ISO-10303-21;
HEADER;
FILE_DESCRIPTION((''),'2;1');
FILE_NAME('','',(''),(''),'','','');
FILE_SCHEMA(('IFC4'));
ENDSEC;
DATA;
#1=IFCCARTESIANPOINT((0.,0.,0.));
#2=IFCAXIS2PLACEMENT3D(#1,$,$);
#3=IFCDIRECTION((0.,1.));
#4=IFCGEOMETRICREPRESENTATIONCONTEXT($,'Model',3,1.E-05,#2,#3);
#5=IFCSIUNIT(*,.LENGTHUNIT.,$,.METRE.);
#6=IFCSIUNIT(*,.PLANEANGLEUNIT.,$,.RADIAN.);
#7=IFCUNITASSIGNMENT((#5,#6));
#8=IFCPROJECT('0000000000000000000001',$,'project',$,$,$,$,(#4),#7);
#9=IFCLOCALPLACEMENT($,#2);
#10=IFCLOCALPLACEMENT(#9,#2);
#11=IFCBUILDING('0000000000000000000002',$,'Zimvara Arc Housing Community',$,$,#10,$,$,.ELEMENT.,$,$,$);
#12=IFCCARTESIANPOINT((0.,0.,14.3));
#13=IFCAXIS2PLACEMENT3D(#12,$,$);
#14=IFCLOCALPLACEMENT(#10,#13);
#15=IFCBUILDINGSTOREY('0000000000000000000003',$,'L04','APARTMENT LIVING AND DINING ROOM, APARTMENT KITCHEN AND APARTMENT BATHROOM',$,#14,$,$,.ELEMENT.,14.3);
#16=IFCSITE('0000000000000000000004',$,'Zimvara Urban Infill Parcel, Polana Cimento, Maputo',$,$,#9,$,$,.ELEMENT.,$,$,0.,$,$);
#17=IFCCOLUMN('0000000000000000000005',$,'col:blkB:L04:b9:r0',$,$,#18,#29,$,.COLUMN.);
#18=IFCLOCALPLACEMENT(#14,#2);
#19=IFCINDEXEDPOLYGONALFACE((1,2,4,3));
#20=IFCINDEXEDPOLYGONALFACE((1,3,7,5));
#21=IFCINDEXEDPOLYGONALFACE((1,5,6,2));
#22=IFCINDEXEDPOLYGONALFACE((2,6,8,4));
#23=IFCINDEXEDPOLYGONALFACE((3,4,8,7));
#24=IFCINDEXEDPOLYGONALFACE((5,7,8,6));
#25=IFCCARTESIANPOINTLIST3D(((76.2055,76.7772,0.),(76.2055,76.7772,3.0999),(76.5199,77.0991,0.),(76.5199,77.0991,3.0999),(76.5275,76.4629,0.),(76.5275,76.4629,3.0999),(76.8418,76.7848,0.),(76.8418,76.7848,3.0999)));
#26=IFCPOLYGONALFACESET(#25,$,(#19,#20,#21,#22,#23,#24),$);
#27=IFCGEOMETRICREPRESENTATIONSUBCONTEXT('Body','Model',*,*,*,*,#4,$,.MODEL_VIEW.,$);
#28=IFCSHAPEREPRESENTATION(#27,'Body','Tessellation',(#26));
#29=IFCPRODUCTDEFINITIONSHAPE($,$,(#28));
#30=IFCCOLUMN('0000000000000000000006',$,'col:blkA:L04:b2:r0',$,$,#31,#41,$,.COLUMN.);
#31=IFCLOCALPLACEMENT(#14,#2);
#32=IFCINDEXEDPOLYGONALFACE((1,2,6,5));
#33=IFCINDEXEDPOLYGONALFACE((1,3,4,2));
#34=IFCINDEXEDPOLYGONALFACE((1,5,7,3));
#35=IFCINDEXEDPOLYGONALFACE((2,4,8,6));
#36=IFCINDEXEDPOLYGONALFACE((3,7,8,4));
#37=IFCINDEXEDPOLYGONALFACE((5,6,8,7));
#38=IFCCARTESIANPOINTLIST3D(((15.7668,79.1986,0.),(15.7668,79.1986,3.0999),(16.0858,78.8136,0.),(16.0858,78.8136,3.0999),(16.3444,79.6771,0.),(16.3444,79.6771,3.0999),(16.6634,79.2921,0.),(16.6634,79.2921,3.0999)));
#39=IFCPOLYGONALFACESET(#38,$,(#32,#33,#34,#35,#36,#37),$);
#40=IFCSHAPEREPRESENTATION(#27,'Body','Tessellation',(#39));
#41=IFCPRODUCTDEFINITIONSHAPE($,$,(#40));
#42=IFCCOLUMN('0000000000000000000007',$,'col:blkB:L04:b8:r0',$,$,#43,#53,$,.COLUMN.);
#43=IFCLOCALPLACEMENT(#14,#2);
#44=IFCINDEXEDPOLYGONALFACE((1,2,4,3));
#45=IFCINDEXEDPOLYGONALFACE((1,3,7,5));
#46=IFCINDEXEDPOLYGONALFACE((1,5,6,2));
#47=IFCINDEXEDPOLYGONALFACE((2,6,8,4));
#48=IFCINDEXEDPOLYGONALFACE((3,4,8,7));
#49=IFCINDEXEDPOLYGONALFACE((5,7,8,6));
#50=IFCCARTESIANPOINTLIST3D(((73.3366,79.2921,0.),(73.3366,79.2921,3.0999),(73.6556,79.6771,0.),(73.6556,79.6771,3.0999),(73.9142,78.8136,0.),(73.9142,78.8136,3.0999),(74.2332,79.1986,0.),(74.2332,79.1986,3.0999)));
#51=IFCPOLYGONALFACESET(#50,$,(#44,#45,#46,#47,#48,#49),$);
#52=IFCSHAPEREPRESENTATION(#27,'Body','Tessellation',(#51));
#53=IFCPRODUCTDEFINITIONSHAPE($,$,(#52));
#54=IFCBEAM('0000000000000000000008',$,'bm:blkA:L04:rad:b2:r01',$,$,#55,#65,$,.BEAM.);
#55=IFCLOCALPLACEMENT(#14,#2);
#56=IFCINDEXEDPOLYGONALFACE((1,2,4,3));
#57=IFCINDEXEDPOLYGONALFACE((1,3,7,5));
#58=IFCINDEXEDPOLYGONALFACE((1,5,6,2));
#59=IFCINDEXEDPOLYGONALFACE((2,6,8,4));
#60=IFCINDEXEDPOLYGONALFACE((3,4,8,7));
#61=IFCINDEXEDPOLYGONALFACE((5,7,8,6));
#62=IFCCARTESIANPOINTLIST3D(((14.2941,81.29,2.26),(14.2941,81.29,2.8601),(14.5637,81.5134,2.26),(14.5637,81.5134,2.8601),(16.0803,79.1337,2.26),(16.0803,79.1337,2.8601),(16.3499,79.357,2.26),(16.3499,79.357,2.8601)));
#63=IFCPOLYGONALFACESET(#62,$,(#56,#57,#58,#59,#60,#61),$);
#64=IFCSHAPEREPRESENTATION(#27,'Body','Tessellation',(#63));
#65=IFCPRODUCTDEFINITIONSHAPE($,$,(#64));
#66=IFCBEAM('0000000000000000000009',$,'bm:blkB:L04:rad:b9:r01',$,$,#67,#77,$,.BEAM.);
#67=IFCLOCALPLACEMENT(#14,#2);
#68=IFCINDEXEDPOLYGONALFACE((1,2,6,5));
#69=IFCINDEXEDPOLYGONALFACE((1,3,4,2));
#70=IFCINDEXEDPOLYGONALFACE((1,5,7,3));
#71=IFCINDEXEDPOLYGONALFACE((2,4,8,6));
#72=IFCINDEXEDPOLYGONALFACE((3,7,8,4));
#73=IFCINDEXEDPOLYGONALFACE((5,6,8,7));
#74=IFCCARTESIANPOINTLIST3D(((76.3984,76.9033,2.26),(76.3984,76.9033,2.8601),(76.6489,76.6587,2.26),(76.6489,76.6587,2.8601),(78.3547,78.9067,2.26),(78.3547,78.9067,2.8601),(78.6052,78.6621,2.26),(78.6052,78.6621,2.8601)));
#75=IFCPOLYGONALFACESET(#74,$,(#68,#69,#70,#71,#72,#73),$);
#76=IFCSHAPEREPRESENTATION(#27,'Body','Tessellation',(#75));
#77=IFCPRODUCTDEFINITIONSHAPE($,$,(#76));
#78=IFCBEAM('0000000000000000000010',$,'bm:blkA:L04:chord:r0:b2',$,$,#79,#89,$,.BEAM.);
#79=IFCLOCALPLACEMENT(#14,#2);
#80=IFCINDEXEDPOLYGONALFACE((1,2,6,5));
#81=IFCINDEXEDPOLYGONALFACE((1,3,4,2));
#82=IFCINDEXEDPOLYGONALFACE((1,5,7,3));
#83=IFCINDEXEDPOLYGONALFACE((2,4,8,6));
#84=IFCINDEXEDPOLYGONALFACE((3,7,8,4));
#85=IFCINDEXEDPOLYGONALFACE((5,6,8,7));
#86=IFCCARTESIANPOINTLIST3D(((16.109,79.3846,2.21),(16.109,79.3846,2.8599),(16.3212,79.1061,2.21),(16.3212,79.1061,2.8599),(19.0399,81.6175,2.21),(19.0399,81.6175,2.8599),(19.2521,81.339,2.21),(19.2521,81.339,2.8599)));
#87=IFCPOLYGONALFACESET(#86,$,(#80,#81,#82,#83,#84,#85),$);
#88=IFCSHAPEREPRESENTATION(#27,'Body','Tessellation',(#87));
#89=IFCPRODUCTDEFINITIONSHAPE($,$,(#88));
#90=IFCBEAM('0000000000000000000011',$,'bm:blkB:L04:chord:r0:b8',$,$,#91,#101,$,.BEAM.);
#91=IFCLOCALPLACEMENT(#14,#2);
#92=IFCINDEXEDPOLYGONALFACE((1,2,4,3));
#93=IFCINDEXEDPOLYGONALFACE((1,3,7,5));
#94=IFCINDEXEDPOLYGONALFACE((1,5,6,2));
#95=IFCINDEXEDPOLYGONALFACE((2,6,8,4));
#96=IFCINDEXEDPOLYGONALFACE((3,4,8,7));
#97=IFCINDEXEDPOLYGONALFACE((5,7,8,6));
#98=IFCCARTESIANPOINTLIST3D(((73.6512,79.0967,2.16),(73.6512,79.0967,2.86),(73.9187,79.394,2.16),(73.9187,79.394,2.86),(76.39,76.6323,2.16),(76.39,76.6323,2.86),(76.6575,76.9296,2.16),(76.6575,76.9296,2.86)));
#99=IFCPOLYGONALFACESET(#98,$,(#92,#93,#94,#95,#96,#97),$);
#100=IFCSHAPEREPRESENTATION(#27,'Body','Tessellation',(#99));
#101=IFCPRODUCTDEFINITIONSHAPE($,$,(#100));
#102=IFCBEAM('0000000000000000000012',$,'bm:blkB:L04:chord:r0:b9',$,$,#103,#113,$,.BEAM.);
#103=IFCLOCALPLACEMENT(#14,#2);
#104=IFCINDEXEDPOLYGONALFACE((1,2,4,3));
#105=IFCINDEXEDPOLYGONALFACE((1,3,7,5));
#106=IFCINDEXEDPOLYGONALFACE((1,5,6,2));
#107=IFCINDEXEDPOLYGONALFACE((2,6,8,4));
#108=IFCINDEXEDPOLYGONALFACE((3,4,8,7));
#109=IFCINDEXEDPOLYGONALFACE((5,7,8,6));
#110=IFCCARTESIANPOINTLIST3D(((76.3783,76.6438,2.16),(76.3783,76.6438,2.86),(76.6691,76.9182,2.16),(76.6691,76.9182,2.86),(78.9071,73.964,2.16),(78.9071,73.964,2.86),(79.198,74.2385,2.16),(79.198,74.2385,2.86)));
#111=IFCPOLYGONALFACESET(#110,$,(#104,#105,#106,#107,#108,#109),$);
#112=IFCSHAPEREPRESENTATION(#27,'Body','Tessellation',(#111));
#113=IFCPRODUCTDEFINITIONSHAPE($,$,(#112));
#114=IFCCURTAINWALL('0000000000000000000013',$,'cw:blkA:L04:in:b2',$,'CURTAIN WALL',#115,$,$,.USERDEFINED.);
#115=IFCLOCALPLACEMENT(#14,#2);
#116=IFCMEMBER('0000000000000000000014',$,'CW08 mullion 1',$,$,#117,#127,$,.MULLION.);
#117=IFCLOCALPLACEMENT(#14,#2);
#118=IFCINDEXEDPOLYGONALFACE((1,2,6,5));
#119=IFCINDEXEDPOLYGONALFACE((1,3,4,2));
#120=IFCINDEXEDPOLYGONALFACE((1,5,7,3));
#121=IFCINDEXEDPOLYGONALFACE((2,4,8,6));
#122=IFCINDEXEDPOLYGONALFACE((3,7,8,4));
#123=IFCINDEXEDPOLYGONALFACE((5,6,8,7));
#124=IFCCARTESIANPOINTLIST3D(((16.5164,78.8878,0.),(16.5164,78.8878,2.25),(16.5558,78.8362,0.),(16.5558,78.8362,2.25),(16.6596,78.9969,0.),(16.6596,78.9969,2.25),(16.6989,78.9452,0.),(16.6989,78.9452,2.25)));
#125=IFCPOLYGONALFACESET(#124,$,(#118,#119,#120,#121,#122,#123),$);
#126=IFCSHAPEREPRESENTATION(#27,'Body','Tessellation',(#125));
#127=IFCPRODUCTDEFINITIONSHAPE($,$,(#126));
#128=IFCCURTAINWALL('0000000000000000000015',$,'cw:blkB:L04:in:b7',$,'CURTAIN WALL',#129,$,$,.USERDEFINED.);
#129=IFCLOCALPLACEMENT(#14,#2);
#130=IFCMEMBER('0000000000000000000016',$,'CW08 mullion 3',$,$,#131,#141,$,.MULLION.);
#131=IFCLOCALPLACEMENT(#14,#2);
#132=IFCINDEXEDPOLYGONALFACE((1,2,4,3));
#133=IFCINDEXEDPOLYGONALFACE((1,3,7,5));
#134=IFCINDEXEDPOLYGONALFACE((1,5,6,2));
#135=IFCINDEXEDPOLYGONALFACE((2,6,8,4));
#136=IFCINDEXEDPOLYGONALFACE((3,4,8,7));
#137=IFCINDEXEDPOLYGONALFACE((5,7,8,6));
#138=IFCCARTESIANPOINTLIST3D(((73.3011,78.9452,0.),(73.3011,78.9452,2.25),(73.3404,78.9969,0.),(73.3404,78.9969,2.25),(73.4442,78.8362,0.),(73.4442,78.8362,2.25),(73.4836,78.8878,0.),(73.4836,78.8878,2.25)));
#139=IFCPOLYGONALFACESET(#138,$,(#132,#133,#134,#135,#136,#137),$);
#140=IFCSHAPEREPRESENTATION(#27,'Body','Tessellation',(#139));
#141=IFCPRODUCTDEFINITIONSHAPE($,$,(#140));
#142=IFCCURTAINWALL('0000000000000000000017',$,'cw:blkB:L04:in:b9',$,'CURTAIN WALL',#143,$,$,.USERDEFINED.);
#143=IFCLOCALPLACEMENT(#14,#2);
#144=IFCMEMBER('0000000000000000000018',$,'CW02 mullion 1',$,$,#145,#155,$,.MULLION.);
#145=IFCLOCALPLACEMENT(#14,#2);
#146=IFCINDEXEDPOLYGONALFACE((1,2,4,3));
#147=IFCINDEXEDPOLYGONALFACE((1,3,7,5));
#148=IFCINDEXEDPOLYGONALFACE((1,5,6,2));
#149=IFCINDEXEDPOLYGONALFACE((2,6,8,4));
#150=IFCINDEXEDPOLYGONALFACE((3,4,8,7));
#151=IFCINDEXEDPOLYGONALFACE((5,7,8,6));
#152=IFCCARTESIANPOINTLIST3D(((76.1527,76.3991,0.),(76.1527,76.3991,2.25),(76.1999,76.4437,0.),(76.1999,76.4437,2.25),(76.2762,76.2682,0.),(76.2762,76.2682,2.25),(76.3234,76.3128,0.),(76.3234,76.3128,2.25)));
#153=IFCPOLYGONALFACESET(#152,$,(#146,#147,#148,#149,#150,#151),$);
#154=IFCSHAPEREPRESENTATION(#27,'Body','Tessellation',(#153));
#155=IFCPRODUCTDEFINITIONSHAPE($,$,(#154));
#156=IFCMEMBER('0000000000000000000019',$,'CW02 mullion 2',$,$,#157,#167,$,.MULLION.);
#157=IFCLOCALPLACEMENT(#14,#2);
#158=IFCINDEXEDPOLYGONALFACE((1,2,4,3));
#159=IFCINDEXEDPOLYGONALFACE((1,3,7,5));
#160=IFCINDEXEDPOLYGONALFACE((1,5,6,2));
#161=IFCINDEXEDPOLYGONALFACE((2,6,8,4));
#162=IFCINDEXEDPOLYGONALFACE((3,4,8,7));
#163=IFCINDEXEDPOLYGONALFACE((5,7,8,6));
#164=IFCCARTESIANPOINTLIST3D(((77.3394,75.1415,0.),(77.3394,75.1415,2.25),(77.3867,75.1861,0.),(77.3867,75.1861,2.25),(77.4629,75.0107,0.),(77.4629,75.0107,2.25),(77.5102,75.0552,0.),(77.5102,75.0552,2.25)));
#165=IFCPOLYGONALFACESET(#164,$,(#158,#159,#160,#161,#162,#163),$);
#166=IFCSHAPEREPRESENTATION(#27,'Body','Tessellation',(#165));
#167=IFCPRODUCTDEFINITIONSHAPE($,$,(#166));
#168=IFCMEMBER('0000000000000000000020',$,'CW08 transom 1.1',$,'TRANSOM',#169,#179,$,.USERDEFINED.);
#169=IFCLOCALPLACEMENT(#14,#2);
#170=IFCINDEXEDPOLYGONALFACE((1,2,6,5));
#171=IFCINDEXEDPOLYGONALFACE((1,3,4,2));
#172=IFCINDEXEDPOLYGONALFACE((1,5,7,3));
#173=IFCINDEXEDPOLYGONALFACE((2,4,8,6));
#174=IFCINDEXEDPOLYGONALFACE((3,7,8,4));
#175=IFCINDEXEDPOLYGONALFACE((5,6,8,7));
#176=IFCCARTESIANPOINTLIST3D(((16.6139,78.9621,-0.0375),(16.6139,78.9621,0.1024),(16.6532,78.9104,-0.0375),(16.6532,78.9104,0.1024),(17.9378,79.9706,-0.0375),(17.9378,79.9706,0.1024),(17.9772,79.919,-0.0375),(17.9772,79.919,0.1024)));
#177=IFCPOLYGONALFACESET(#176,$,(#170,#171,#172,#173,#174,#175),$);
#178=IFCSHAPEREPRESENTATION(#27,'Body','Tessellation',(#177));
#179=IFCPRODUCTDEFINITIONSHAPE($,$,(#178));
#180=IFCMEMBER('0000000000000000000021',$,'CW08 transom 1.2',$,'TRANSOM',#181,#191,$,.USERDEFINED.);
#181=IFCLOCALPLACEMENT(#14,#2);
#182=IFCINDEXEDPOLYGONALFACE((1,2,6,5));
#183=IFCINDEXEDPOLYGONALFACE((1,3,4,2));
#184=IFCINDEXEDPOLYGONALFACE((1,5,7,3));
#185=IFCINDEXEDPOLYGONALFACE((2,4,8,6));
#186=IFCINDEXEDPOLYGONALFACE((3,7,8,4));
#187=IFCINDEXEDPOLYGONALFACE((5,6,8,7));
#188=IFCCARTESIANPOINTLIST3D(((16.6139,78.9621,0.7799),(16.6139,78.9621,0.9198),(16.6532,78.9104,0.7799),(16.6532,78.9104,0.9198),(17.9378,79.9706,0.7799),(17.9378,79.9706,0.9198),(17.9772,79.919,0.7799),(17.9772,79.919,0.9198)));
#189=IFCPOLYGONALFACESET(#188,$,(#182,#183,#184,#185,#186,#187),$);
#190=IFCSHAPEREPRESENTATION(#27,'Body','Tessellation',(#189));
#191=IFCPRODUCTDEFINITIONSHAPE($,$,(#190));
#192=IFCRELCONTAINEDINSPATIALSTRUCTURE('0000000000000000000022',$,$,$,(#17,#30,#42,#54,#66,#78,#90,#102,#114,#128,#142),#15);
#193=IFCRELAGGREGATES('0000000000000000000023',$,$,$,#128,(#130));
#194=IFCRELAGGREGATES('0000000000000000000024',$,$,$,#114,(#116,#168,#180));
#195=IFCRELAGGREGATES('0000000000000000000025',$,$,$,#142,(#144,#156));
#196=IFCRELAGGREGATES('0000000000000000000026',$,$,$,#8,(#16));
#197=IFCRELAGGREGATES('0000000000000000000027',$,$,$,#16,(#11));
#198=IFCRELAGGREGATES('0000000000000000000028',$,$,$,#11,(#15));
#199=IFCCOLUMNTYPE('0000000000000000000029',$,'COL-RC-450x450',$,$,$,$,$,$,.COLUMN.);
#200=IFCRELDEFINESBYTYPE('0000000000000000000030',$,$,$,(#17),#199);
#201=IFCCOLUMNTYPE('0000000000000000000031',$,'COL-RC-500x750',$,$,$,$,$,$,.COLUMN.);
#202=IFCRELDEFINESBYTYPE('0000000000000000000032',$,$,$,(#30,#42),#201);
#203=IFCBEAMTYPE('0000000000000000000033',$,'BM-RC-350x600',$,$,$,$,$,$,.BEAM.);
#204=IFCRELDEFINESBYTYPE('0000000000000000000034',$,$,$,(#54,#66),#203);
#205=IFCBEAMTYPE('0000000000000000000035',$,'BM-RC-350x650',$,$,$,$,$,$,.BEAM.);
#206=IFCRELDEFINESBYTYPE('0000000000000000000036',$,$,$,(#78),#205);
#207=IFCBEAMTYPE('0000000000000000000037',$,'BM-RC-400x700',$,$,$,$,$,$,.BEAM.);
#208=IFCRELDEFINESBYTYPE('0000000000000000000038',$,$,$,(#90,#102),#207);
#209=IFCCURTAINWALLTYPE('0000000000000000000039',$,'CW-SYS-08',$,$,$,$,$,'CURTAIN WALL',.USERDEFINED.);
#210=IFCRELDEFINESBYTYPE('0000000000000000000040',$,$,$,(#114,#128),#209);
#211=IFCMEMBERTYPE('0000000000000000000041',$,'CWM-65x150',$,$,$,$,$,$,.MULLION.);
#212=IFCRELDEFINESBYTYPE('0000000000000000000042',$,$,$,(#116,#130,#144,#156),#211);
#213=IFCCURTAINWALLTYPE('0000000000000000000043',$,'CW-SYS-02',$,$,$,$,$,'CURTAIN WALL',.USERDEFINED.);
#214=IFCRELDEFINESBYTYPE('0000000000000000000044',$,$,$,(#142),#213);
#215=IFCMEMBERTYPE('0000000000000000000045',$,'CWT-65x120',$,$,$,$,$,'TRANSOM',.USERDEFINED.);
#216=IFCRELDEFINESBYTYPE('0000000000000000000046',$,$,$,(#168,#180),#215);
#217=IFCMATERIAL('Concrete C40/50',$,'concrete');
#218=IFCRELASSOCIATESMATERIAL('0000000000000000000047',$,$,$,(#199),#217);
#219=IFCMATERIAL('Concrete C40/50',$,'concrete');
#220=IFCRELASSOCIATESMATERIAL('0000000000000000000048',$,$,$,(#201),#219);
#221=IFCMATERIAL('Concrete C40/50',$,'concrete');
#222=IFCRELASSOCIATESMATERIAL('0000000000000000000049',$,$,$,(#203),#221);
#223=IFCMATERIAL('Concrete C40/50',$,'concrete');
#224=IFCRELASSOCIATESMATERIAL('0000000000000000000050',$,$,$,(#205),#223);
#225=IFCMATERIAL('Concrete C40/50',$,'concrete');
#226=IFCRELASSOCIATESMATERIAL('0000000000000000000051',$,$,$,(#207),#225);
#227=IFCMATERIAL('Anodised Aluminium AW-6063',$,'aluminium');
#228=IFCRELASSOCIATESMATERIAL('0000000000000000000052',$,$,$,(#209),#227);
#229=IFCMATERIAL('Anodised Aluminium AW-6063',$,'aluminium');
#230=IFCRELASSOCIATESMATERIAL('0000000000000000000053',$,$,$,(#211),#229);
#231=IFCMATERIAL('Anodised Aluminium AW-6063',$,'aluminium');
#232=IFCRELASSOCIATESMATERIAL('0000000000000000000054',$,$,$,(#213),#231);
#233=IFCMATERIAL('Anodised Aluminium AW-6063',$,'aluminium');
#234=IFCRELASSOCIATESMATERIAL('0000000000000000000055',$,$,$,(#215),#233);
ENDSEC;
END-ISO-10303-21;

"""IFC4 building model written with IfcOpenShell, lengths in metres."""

from ifc_helpers import new_model, si_unit, direction, frame, origin, origin_2d, place, context, subcontext, project, spatial, rectangle, extrude, material, material_profile, profile_set, type_object, element, aggregate, save


model = new_model("IFC4")

# Units and contexts
model_context = context("Model", 3, precision=1e-05, world=origin(), true_north=direction((0.0, 1.0)))
body_context = subcontext(model_context, "Body", "Model", "MODEL_VIEW")
ifc_project = project(units=[si_unit("LENGTHUNIT", "METRE"), si_unit("PLANEANGLEUNIT", "RADIAN")], contexts=[model_context])

# Site, building, storey
site_placement = place(None, origin())
site = spatial("IfcSite", under=ifc_project, at=site_placement, Name="Zimvara Urban Infill Parcel, Polana Cimento, Maputo", CompositionType="ELEMENT", RefElevation=0.0)
building_placement = place(site_placement, origin())
building = spatial("IfcBuilding", under=site, at=building_placement, Name="Zimvara Arc Housing Community", CompositionType="ELEMENT")
storey_placement = place(building_placement, frame((0.0, 0.0, 14.3)))
storey = spatial("IfcBuildingStorey", under=building, at=storey_placement, Name="L04", Description="APARTMENT LIVING AND DINING ROOM, APARTMENT KITCHEN AND APARTMENT BATHROOM", CompositionType="ELEMENT", Elevation=14.3)

# Columns
ifc_material_1 = material(Name="Concrete C40/50", Category="concrete")
ifc_material_profile_1 = material_profile(ifc_material_1, rectangle(XDim=0.45, YDim=0.45, at=origin_2d()), Name="RC 450x450")
ifc_profile_set_1 = profile_set([ifc_material_profile_1], Name="Concrete C40/50")
column_type_1 = type_object("IfcColumnType", Name="COL-RC-450x450", PredefinedType="COLUMN", material=ifc_profile_set_1)
column_placement = place(storey_placement, frame((76.5237, 76.781, 0.0), z_axis=(0.0, 0.0, 1.0), x_axis=(0.698665, 0.715449, 0.0)))
element("IfcColumn", 1, at=column_placement, inside=storey, type_object=column_type_1, Name="col:blkB:L04:b9:r0", PredefinedType="COLUMN", context=body_context, shape_type="SweptSolid", body=[
    extrude(rectangle(XDim=0.45, YDim=0.45, at=origin_2d()), origin(), (0.0, 0.0, 1.0), 3.0999),
])
ifc_material_2 = material(Name="Concrete C40/50", Category="concrete")
ifc_material_profile_2 = material_profile(ifc_material_2, rectangle(XDim=0.5, YDim=0.75, at=origin_2d()), Name="RC 500x750")
ifc_profile_set_2 = profile_set([ifc_material_profile_2], Name="Concrete C40/50")
column_type_2 = type_object("IfcColumnType", Name="COL-RC-500x750", PredefinedType="COLUMN", material=ifc_profile_set_2)
for number, where, z_axis, x_axis, name in (
    (2, (16.2151, 79.2454, 0.0), (0.0, 0.0, 1.0), (-0.637962, 0.770068, 0.0), "col:blkA:L04:b2:r0"),
    (3, (73.7849, 79.2454, 0.0), (0.0, 0.0, 1.0), (0.637962, 0.770068, 0.0), "col:blkB:L04:b8:r0"),
):
    element("IfcColumn", number, at=place(storey_placement, frame(where, z_axis=z_axis, x_axis=x_axis)), inside=storey, type_object=column_type_2, Name=name, PredefinedType="COLUMN", context=body_context, shape_type="SweptSolid", body=[
        extrude(rectangle(XDim=0.5, YDim=0.75, at=origin_2d()), origin(), (0.0, 0.0, 1.0), 3.0999),
    ])

# Beams
ifc_material_3 = material(Name="Concrete C40/50", Category="concrete")
ifc_material_profile_3 = material_profile(ifc_material_3, rectangle(XDim=0.3501, YDim=0.6001, at=origin_2d()), Name="RC 350x600")
ifc_profile_set_3 = profile_set([ifc_material_profile_3], Name="Concrete C40/50")
beam_type_1 = type_object("IfcBeamType", Name="BM-RC-350x600", PredefinedType="BEAM", material=ifc_profile_set_3)
for number, where, z_axis, x_axis, name in (
    (4, (16.2151, 79.2454, 2.5601), (-0.637917, 0.770105, 0.0), (-0.770105, -0.637917, 0.0), "bm:blkA:L04:rad:b2:r01"),
    (5, (76.5237, 76.781, 2.5601), (0.698643, 0.71547, 0.0), (-0.71547, 0.698643, 0.0), "bm:blkB:L04:rad:b9:r01"),
):
    element("IfcBeam", number, at=place(storey_placement, frame(where, z_axis=z_axis, x_axis=x_axis)), inside=storey, type_object=beam_type_1, Name=name, PredefinedType="BEAM", context=body_context, shape_type="SweptSolid", body=[
        extrude(rectangle(XDim=0.3501, YDim=0.6001, at=origin_2d()), origin(), (0.0, 0.0, 1.0), 2.8),
    ])
ifc_material_4 = material(Name="Concrete C40/50", Category="concrete")
ifc_material_profile_4 = material_profile(ifc_material_4, rectangle(XDim=0.3501, YDim=0.6499, at=origin_2d()), Name="RC 350x650")
ifc_profile_set_4 = profile_set([ifc_material_profile_4], Name="Concrete C40/50")
beam_type_2 = type_object("IfcBeamType", Name="BM-RC-350x650", PredefinedType="BEAM", material=ifc_profile_set_4)
beam_1_placement = place(storey_placement, frame((16.2151, 79.2454, 2.5349), z_axis=(0.795453, 0.606015, 0.0), x_axis=(-0.606015, 0.795453, 0.0)))
element("IfcBeam", 6, at=beam_1_placement, inside=storey, type_object=beam_type_2, Name="bm:blkA:L04:chord:r0:b2", PredefinedType="BEAM", context=body_context, shape_type="SweptSolid", body=[
    extrude(rectangle(XDim=0.3501, YDim=0.6499, at=origin_2d()), origin(), (0.0, 0.0, 1.0), 3.6846),
])
ifc_material_5 = material(Name="Concrete C40/50", Category="concrete")
ifc_material_profile_5 = material_profile(ifc_material_5, rectangle(XDim=0.3999, YDim=0.7, at=origin_2d()), Name="RC 400x700")
ifc_profile_set_5 = profile_set([ifc_material_profile_5], Name="Concrete C40/50")
beam_type_3 = type_object("IfcBeamType", Name="BM-RC-400x700", PredefinedType="BEAM", material=ifc_profile_set_5)
beam_2_placement = place(storey_placement, frame((73.7849, 79.2454, 2.51), z_axis=(0.743367, -0.668884, 0.0), x_axis=(0.668884, 0.743367, 0.0)))
element("IfcBeam", 7, at=beam_2_placement, inside=storey, type_object=beam_type_3, Name="bm:blkB:L04:chord:r0:b8", PredefinedType="BEAM", context=body_context, shape_type="SweptSolid", body=[
    extrude(rectangle(XDim=0.3999, YDim=0.7, at=origin_2d()), origin(), (0.0, 0.0, 1.0), 3.6843),
])
beam_3_placement = place(storey_placement, frame((76.5237, 76.781, 2.51), z_axis=(0.686336, -0.727285, 0.0), x_axis=(0.727285, 0.686336, 0.0)))
element("IfcBeam", 8, at=beam_3_placement, inside=storey, type_object=beam_type_3, Name="bm:blkB:L04:chord:r0:b9", PredefinedType="BEAM", context=body_context, shape_type="SweptSolid", body=[
    extrude(rectangle(XDim=0.3999, YDim=0.7, at=origin_2d()), origin(), (0.0, 0.0, 1.0), 3.6846),
])

# Curtain walls, members
ifc_material_6 = material(Name="Anodised Aluminium AW-6063", Category="aluminium")
curtain_wall_type_1 = type_object("IfcCurtainWallType", Name="CW-SYS-08", ElementType="CURTAIN WALL", PredefinedType="USERDEFINED", material=ifc_material_6)
curtain_wall_1_placement = place(storey_placement, origin())
curtain_wall_1 = element("IfcCurtainWall", 9, at=curtain_wall_1_placement, inside=storey, type_object=curtain_wall_type_1, Name="cw:blkA:L04:in:b2", ObjectType="CURTAIN WALL", PredefinedType="USERDEFINED")
ifc_material_7 = material(Name="Anodised Aluminium AW-6063", Category="aluminium")
ifc_material_profile_6 = material_profile(ifc_material_7, rectangle(XDim=0.0649, YDim=0.1799, at=origin_2d()), Name="ALU 65x180")
ifc_profile_set_6 = profile_set([ifc_material_profile_6], Name="Anodised Aluminium AW-6063")
member_type_1 = type_object("IfcMemberType", Name="CWM-65x150", PredefinedType="MULLION", material=ifc_profile_set_6)
member_1_placement = place(storey_placement, frame((16.6077, 78.9165, 0.0), z_axis=(0.0, 0.0, 1.0), x_axis=(-0.605988, 0.795474, 0.0)))
member_1 = element("IfcMember", 10, at=member_1_placement, type_object=member_type_1, Name="CW08 mullion 1", PredefinedType="MULLION", context=body_context, shape_type="SweptSolid", body=[
    extrude(rectangle(XDim=0.0649, YDim=0.1799, at=origin_2d()), origin(), (0.0, 0.0, 1.0), 2.25),
])
curtain_wall_2_placement = place(storey_placement, origin())
curtain_wall_2 = element("IfcCurtainWall", 11, at=curtain_wall_2_placement, inside=storey, type_object=curtain_wall_type_1, Name="cw:blkB:L04:in:b7", ObjectType="CURTAIN WALL", PredefinedType="USERDEFINED")
member_2_placement = place(storey_placement, frame((73.3923, 78.9165, 0.0), z_axis=(0.0, 0.0, 1.0), x_axis=(0.605988, 0.795474, 0.0)))
member_2 = element("IfcMember", 12, at=member_2_placement, type_object=member_type_1, Name="CW08 mullion 3", PredefinedType="MULLION", context=body_context, shape_type="SweptSolid", body=[
    extrude(rectangle(XDim=0.0649, YDim=0.1799, at=origin_2d()), origin(), (0.0, 0.0, 1.0), 2.25),
])
aggregate(curtain_wall_2, [member_2])

# Curtain wall, members
ifc_material_8 = material(Name="Anodised Aluminium AW-6063", Category="aluminium")
curtain_wall_type_2 = type_object("IfcCurtainWallType", Name="CW-SYS-02", ElementType="CURTAIN WALL", PredefinedType="USERDEFINED", material=ifc_material_8)
curtain_wall_3_placement = place(storey_placement, origin())
curtain_wall_3 = element("IfcCurtainWall", 13, at=curtain_wall_3_placement, inside=storey, type_object=curtain_wall_type_2, Name="cw:blkB:L04:in:b9", ObjectType="CURTAIN WALL", PredefinedType="USERDEFINED")
member_3_placement = place(storey_placement, frame((76.238, 76.356, 0.0), z_axis=(0.0, 0.0, 1.0), x_axis=(0.727293, 0.686327, 0.0)))
member_3 = element("IfcMember", 14, at=member_3_placement, type_object=member_type_1, Name="CW02 mullion 1", PredefinedType="MULLION", context=body_context, shape_type="SweptSolid", body=[
    extrude(rectangle(XDim=0.0649, YDim=0.1799, at=origin_2d()), origin(), (0.0, 0.0, 1.0), 2.25),
])
member_4_placement = place(storey_placement, frame((77.4248, 75.0984, 0.0), z_axis=(0.0, 0.0, 1.0), x_axis=(0.727293, 0.686327, 0.0)))
member_4 = element("IfcMember", 15, at=member_4_placement, type_object=member_type_1, Name="CW02 mullion 2", PredefinedType="MULLION", context=body_context, shape_type="SweptSolid", body=[
    extrude(rectangle(XDim=0.0649, YDim=0.1799, at=origin_2d()), origin(), (0.0, 0.0, 1.0), 2.25),
])

# Members
ifc_material_9 = material(Name="Anodised Aluminium AW-6063", Category="aluminium")
ifc_material_profile_7 = material_profile(ifc_material_9, rectangle(XDim=0.0649, YDim=0.1399, at=origin_2d()), Name="ALU 65x140")
ifc_profile_set_7 = profile_set([ifc_material_profile_7], Name="Anodised Aluminium AW-6063")
member_type_2 = type_object("IfcMemberType", Name="CWT-65x120", ElementType="TRANSOM", PredefinedType="USERDEFINED", material=ifc_profile_set_7)
member_5_placement = place(storey_placement, frame((16.6335, 78.9363, 0.0325), z_axis=(0.795489, 0.605968, 0.0), x_axis=(-0.605968, 0.795489, 0.0)))
member_5 = element("IfcMember", 16, at=member_5_placement, type_object=member_type_2, Name="CW08 transom 1.1", ObjectType="TRANSOM", PredefinedType="USERDEFINED", context=body_context, shape_type="SweptSolid", body=[
    extrude(rectangle(XDim=0.0649, YDim=0.1399, at=origin_2d()), origin(), (0.0, 0.0, 1.0), 1.6643),
])
member_6_placement = place(storey_placement, frame((16.6335, 78.9363, 0.8499), z_axis=(0.795489, 0.605968, 0.0), x_axis=(-0.605968, 0.795489, 0.0)))
member_6 = element("IfcMember", 17, at=member_6_placement, type_object=member_type_2, Name="CW08 transom 1.2", ObjectType="TRANSOM", PredefinedType="USERDEFINED", context=body_context, shape_type="SweptSolid", body=[
    extrude(rectangle(XDim=0.0649, YDim=0.1399, at=origin_2d()), origin(), (0.0, 0.0, 1.0), 1.6643),
])
aggregate(curtain_wall_1, [member_1, member_5, member_6])

aggregate(curtain_wall_3, [member_3, member_4])

save(model, "model.ifc")
